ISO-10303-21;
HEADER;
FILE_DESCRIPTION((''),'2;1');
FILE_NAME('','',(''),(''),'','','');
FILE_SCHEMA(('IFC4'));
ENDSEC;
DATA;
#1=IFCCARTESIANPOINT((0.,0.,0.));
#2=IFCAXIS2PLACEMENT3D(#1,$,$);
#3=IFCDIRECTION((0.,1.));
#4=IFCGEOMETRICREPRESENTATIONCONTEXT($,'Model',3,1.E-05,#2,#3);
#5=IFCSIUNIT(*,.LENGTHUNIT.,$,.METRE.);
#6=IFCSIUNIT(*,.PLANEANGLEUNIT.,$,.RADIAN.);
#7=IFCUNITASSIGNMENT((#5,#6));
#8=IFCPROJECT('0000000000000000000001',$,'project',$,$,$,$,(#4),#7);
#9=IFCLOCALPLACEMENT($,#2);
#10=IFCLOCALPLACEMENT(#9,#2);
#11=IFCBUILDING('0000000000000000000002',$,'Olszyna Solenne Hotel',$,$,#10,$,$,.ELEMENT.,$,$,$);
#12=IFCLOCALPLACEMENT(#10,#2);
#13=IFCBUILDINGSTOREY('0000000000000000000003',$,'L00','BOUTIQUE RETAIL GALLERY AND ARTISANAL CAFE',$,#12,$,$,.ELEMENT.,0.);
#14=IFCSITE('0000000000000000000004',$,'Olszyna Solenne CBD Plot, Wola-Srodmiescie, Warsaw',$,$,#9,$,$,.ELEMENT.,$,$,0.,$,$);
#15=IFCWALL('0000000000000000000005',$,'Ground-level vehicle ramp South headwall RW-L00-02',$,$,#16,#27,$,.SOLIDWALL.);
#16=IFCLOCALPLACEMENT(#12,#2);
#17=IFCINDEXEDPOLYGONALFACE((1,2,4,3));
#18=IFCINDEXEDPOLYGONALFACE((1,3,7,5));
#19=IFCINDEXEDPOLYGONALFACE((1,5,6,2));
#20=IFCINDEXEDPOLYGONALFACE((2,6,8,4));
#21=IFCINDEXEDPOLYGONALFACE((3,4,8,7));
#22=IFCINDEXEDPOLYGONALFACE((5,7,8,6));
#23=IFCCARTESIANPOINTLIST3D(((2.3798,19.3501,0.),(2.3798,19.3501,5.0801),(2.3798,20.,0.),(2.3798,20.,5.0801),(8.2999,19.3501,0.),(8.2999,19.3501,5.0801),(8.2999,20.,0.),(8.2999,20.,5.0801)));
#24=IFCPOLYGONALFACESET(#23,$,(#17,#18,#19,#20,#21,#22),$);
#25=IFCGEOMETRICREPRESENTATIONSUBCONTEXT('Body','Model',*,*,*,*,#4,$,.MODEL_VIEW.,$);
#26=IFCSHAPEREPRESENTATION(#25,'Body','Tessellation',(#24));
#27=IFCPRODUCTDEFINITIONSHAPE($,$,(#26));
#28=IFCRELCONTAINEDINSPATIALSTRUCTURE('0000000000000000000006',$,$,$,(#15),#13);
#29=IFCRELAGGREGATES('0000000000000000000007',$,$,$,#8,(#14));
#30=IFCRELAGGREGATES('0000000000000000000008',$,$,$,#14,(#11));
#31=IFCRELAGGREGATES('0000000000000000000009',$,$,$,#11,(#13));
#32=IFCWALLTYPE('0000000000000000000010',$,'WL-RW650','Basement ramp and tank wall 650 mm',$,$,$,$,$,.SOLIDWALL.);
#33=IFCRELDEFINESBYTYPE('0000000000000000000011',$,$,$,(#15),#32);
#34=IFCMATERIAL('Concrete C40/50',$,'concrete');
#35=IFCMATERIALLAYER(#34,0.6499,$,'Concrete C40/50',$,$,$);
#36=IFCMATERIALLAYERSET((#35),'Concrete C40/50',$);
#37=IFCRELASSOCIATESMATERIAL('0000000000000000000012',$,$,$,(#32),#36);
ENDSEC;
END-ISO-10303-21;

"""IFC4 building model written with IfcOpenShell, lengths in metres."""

from ifc_helpers import new_model, si_unit, direction, frame, frame_2d, origin, place, context, subcontext, project, spatial, rectangle, extrude, material, layer, layer_set, type_object, element, save


model = new_model("IFC4")

# Units and contexts
model_context = context("Model", 3, precision=1e-05, world=origin(), true_north=direction((0.0, 1.0)))
body_context = subcontext(model_context, "Body", "Model", "MODEL_VIEW")
ifc_project = project(units=[si_unit("LENGTHUNIT", "METRE"), si_unit("PLANEANGLEUNIT", "RADIAN")], contexts=[model_context])

# Site, building, storey
site_placement = place(None, origin())
site = spatial("IfcSite", under=ifc_project, at=site_placement, Name="Olszyna Solenne CBD Plot, Wola-Srodmiescie, Warsaw", CompositionType="ELEMENT", RefElevation=0.0)
building_placement = place(site_placement, origin())
building = spatial("IfcBuilding", under=site, at=building_placement, Name="Olszyna Solenne Hotel", CompositionType="ELEMENT")
storey_placement = place(building_placement, origin())
storey = spatial("IfcBuildingStorey", under=building, at=storey_placement, Name="L00", Description="BOUTIQUE RETAIL GALLERY AND ARTISANAL CAFE", CompositionType="ELEMENT", Elevation=0.0)

# Wall
ifc_material_1 = material(Name="Concrete C40/50", Category="concrete")
ifc_layer_1 = layer(ifc_material_1, 0.6499, Name="Concrete C40/50")
ifc_layer_set_1 = layer_set([ifc_layer_1], Name="Concrete C40/50")
wall_type_1 = type_object("IfcWallType", Name="WL-RW650", Description="Basement ramp and tank wall 650 mm", PredefinedType="SOLIDWALL", material=ifc_layer_set_1)
wall_1_placement = place(storey_placement, frame((2.3799, 19.675, 0.0), z_axis=(0.0, 0.0, 1.0), x_axis=(1.0, 0.0, 0.0)))
element("IfcWall", 1, at=wall_1_placement, inside=storey, type_object=wall_type_1, Name="Ground-level vehicle ramp South headwall RW-L00-02", PredefinedType="SOLIDWALL", context=body_context, shape_type="SweptSolid", body=[
    extrude(rectangle(XDim=5.9202, YDim=0.6499, at=frame_2d((2.96, 0.0))), origin(), (0.0, 0.0, 1.0), 5.0801),
])

save(model, "model.ifc")
